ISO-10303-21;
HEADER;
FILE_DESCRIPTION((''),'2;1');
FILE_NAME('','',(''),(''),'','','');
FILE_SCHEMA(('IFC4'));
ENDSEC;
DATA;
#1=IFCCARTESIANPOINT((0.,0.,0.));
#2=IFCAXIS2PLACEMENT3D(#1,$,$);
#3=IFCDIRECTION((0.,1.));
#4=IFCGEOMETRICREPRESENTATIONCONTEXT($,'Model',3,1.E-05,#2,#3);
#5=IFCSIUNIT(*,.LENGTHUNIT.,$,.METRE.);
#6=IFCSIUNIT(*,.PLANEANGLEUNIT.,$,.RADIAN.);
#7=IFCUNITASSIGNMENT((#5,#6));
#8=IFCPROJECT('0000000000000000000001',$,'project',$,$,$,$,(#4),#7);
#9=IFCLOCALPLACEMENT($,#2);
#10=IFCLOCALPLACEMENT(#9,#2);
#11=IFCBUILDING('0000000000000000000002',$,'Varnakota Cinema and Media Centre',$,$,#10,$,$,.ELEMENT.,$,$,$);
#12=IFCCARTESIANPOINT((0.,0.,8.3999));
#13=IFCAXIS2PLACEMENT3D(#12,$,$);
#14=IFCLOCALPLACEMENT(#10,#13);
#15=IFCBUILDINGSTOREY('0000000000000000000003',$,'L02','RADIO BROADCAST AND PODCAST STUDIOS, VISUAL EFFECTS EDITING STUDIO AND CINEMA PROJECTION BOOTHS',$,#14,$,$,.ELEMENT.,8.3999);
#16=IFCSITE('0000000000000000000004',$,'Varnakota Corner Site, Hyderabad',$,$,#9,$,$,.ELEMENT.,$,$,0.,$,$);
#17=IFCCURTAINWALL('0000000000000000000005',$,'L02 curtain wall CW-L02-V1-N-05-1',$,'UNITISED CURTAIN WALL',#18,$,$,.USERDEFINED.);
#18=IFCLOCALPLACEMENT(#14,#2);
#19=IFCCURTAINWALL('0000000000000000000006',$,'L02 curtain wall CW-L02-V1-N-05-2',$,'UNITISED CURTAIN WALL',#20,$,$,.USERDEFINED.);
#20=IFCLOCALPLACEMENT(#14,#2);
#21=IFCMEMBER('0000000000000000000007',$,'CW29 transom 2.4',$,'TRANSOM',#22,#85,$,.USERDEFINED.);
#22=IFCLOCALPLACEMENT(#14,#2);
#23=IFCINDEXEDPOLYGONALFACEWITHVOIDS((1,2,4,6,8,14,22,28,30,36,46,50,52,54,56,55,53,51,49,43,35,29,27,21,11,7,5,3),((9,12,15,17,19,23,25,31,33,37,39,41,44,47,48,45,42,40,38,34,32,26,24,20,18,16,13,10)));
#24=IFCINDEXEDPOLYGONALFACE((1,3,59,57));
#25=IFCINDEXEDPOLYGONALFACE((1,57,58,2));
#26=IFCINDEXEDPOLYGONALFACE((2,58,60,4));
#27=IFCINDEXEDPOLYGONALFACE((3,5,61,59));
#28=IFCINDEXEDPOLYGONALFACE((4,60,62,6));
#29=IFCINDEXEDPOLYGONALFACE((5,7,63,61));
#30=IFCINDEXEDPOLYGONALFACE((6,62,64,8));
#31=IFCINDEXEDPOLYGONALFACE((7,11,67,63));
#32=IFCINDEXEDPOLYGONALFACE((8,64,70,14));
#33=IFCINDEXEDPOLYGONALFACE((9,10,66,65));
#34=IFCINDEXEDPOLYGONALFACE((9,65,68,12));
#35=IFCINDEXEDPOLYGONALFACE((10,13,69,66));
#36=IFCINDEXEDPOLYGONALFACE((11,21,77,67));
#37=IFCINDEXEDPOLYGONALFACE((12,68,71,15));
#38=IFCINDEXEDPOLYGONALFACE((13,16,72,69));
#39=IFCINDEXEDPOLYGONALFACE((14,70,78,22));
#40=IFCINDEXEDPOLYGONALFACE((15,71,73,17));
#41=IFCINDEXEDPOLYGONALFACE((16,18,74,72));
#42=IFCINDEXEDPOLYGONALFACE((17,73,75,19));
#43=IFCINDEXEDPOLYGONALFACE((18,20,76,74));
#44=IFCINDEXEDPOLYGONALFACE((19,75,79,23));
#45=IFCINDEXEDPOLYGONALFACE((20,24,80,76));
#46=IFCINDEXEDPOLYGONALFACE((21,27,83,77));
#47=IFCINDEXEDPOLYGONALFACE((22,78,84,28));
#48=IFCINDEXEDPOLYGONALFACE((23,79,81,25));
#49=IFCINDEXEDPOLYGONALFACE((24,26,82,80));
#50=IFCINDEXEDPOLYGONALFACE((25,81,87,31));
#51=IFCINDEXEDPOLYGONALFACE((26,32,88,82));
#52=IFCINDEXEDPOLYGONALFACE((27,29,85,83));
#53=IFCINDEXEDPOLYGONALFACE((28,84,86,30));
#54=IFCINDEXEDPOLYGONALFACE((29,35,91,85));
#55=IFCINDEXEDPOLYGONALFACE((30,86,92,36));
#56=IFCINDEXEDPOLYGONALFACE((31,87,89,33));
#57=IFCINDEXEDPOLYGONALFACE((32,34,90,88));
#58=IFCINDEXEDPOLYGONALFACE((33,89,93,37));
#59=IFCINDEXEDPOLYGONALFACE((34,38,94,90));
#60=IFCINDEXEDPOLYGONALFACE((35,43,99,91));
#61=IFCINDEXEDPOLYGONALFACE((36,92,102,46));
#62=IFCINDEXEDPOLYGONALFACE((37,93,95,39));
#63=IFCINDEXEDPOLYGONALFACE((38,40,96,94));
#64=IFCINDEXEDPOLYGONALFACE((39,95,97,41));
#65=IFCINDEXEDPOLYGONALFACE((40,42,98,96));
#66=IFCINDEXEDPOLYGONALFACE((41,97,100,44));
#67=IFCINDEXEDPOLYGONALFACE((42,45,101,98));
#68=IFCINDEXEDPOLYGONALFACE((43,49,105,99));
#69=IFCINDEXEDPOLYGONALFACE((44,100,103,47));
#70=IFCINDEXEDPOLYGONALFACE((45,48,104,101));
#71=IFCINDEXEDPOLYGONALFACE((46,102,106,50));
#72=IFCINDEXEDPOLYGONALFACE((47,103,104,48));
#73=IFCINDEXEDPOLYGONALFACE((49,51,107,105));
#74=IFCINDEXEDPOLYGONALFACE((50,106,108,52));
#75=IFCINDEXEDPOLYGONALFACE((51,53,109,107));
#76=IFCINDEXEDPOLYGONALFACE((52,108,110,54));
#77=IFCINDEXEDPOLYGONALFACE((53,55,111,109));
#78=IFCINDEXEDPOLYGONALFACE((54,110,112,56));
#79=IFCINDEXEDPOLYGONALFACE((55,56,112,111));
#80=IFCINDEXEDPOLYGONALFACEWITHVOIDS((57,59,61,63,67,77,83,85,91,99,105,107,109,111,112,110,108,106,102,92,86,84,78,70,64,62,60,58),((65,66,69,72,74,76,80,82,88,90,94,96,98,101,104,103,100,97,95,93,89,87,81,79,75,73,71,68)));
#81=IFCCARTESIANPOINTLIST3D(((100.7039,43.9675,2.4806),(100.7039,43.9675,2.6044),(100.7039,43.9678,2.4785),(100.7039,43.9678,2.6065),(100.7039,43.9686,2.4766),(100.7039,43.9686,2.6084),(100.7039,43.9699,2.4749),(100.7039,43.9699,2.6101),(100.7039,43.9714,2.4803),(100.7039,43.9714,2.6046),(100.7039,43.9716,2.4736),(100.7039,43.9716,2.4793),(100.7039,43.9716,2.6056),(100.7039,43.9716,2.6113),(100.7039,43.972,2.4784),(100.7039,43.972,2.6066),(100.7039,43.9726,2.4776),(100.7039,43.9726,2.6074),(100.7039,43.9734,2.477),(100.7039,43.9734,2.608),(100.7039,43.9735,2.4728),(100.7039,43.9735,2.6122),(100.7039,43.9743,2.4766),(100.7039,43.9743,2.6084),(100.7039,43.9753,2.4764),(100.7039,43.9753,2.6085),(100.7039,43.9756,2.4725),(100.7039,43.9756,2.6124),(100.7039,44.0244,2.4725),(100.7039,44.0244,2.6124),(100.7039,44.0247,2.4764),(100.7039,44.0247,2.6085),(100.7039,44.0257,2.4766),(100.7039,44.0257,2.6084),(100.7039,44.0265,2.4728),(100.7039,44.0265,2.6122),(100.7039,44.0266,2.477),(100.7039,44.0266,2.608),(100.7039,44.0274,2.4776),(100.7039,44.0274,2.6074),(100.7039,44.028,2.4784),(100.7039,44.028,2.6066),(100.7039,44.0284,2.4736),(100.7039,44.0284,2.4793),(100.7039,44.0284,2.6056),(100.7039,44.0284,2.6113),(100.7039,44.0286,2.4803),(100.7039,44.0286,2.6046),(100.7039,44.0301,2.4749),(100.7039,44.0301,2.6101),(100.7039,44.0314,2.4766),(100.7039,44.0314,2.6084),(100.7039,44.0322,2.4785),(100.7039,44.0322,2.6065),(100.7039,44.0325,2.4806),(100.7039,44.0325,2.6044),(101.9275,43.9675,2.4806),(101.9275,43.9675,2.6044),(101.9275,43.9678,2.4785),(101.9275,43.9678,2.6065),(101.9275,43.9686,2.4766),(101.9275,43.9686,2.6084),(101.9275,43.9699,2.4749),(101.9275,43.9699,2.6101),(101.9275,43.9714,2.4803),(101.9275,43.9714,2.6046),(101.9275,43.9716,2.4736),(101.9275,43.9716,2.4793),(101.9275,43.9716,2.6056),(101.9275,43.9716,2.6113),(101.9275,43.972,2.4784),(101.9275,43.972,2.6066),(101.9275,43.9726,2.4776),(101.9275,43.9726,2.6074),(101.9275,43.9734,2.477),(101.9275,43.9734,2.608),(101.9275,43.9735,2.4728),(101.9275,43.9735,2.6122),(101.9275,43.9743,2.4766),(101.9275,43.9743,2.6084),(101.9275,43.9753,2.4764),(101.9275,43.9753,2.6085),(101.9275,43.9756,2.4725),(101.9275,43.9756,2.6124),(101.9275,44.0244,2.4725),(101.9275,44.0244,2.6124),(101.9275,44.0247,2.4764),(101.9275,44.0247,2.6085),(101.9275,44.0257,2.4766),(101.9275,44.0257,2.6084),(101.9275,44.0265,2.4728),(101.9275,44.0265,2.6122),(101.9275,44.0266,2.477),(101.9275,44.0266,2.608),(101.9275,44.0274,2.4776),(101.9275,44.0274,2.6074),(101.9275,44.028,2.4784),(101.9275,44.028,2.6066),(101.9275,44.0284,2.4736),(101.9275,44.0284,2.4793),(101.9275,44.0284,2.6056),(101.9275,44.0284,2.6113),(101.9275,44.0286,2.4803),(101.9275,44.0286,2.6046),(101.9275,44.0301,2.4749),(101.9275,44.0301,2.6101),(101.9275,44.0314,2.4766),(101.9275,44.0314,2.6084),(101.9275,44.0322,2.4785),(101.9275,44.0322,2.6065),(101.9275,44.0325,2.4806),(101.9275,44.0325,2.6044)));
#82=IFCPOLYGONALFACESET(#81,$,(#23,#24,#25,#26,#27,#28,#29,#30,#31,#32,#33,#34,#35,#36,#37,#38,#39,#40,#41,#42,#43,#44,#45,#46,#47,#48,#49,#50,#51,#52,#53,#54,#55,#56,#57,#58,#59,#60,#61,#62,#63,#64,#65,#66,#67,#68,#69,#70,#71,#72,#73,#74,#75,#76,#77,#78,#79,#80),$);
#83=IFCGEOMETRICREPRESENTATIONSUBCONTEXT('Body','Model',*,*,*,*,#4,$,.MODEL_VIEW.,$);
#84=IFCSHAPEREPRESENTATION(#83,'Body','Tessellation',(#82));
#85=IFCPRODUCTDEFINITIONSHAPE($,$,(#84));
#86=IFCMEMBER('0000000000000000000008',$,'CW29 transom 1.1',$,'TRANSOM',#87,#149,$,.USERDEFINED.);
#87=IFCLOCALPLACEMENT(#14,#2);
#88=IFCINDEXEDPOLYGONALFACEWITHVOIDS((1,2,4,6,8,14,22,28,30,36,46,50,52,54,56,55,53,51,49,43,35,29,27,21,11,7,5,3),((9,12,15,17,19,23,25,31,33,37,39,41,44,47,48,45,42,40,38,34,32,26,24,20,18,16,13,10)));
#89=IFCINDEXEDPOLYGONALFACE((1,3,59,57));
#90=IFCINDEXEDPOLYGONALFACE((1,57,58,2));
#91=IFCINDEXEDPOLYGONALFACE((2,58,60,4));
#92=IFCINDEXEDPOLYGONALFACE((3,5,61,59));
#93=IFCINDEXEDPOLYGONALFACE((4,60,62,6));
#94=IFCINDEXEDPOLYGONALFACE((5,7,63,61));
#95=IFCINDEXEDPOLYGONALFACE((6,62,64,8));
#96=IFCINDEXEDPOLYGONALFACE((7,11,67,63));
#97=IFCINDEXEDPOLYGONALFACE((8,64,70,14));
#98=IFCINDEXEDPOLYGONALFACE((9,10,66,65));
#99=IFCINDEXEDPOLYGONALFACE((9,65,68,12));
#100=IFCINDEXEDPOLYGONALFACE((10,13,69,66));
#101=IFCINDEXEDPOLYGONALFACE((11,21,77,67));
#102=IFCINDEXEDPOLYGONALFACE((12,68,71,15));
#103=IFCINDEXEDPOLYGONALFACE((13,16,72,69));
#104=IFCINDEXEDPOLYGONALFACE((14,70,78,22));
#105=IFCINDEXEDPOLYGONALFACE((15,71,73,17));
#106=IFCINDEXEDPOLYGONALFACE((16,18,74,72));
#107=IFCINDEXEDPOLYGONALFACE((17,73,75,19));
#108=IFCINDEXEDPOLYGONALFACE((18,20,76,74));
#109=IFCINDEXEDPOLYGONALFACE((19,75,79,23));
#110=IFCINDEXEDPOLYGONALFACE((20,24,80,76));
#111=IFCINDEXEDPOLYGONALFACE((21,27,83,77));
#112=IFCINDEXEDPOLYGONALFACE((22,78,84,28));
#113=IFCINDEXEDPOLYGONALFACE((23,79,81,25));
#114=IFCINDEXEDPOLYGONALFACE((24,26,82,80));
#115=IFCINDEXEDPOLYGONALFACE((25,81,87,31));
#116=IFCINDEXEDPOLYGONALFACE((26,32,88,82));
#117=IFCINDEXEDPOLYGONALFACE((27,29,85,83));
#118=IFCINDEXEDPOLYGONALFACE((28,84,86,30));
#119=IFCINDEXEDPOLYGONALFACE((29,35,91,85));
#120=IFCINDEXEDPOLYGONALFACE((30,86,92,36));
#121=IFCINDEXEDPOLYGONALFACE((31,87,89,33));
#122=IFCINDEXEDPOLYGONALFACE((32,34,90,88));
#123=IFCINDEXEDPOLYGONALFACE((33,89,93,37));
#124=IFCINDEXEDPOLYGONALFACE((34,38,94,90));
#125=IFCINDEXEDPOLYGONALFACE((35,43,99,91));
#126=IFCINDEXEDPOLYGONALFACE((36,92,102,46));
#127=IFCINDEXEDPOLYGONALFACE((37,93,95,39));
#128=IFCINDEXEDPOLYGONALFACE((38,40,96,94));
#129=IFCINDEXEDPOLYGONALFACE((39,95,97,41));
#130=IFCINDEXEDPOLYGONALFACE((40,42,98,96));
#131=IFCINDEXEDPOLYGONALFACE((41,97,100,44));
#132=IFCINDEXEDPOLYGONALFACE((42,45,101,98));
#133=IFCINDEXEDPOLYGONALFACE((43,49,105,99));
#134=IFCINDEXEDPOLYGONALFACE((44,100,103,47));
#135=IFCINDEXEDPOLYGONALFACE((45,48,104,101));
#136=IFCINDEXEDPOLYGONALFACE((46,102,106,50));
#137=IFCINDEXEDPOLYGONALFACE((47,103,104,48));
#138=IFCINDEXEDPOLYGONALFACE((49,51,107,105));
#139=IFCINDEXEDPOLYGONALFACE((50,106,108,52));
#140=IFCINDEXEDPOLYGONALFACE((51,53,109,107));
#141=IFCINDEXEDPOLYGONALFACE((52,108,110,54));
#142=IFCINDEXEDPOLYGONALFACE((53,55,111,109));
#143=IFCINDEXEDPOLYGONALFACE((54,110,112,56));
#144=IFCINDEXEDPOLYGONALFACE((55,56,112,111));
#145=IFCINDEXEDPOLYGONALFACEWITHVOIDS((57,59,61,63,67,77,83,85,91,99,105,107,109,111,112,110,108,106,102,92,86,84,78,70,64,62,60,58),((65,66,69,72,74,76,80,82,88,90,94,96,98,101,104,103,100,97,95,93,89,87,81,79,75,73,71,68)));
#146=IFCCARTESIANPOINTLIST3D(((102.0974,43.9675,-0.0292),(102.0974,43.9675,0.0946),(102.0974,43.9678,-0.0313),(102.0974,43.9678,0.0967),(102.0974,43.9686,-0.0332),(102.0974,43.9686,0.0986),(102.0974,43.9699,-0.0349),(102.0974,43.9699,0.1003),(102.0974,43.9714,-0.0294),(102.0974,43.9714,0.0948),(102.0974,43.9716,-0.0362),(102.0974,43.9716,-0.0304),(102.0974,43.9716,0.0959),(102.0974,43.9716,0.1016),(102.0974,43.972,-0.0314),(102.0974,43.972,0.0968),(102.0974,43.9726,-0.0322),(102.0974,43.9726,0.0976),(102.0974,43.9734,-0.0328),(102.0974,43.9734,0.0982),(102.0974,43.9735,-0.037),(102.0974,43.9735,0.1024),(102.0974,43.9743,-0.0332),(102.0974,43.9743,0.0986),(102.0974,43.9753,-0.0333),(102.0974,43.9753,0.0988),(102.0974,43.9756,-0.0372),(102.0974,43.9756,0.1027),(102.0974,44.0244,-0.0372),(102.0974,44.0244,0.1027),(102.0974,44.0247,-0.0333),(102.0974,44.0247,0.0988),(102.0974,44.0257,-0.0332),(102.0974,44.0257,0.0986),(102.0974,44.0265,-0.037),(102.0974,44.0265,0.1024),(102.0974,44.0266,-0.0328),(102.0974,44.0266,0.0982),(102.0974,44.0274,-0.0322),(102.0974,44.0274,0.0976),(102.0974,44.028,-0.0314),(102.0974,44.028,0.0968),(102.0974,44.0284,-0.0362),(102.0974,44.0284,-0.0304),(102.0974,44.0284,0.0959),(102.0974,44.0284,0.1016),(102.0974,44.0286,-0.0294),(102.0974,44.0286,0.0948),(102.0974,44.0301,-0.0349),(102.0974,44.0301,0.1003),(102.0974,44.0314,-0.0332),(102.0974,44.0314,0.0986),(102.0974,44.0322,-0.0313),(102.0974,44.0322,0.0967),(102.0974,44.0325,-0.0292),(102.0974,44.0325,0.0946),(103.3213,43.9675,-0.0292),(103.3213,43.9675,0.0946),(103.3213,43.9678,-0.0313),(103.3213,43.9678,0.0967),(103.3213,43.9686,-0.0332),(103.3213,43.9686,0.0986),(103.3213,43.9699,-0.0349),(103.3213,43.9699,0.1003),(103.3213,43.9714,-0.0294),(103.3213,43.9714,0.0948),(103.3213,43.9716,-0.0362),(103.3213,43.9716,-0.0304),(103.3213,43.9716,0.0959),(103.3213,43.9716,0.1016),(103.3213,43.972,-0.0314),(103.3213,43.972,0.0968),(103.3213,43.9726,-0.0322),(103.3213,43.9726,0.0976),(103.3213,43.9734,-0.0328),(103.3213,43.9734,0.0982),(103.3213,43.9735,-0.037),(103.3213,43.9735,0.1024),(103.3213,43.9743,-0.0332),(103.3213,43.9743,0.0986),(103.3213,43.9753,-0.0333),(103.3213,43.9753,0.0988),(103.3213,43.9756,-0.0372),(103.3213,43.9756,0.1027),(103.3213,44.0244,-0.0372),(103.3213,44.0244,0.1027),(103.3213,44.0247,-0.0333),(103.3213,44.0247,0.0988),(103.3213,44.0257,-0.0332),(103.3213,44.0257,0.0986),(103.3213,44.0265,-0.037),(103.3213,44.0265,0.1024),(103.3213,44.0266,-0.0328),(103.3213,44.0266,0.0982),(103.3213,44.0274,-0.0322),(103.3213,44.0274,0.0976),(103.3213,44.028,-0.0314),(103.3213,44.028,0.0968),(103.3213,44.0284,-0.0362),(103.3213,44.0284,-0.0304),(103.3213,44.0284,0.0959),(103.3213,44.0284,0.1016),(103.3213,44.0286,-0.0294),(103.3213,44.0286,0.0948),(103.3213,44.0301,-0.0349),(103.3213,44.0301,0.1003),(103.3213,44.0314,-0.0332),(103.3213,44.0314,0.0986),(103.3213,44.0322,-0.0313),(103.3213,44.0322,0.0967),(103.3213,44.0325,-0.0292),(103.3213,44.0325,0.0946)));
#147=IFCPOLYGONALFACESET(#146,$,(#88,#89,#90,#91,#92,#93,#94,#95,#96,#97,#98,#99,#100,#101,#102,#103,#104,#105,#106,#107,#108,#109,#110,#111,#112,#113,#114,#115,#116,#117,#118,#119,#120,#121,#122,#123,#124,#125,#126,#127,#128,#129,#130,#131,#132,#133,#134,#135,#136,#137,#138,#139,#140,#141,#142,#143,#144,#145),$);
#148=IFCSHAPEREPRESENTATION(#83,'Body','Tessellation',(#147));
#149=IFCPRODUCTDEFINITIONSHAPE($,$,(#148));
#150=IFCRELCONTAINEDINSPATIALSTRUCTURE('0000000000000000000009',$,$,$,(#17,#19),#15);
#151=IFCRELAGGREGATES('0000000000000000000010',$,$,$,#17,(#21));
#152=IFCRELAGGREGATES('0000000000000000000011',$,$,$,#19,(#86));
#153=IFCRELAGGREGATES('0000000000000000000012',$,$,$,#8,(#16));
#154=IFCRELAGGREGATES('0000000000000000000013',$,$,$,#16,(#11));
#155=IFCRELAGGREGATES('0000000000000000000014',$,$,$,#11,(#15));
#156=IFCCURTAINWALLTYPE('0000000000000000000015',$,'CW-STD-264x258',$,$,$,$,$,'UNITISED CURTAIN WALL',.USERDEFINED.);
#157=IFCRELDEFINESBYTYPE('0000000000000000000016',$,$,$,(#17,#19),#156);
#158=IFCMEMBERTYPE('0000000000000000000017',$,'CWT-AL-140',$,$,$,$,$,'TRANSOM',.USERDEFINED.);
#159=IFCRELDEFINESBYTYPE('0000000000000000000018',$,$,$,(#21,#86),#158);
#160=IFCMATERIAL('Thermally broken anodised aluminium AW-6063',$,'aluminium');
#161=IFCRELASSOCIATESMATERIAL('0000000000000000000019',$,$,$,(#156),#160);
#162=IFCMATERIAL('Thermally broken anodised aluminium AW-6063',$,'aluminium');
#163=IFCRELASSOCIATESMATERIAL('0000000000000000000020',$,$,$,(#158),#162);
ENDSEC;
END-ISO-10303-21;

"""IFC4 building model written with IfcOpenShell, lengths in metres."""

from ifc_helpers import new_model, si_unit, direction, frame, origin, origin_2d, place, context, subcontext, project, spatial, hollow_rectangle, extrude, material, material_profile, profile_set, type_object, element, aggregate, save


model = new_model("IFC4")

# Units and contexts
model_context = context("Model", 3, precision=1e-05, world=origin(), true_north=direction((0.0, 1.0)))
body_context = subcontext(model_context, "Body", "Model", "MODEL_VIEW")
ifc_project = project(units=[si_unit("LENGTHUNIT", "METRE"), si_unit("PLANEANGLEUNIT", "RADIAN")], contexts=[model_context])

# Site, building, storey
site_placement = place(None, origin())
site = spatial("IfcSite", under=ifc_project, at=site_placement, Name="Varnakota Corner Site, Hyderabad", CompositionType="ELEMENT", RefElevation=0.0)
building_placement = place(site_placement, origin())
building = spatial("IfcBuilding", under=site, at=building_placement, Name="Varnakota Cinema and Media Centre", CompositionType="ELEMENT")
storey_placement = place(building_placement, frame((0.0, 0.0, 8.3999)))
storey = spatial("IfcBuildingStorey", under=building, at=storey_placement, Name="L02", Description="RADIO BROADCAST AND PODCAST STUDIOS, VISUAL EFFECTS EDITING STUDIO AND CINEMA PROJECTION BOOTHS", CompositionType="ELEMENT", Elevation=8.3999)

# Shared definitions
ifc_material_1 = material(Name="Thermally broken anodised aluminium AW-6063", Category="aluminium")
curtain_wall_type = type_object("IfcCurtainWallType", Name="CW-STD-264x258", ElementType="UNITISED CURTAIN WALL", PredefinedType="USERDEFINED", material=ifc_material_1)

# Curtain wall
curtain_wall_1_placement = place(storey_placement, origin())
curtain_wall_1 = element("IfcCurtainWall", 1, at=curtain_wall_1_placement, inside=storey, type_object=curtain_wall_type, Name="L02 curtain wall CW-L02-V1-N-05-1", ObjectType="UNITISED CURTAIN WALL", PredefinedType="USERDEFINED")

# Curtain wall
curtain_wall_2_placement = place(storey_placement, origin())
curtain_wall_2 = element("IfcCurtainWall", 2, at=curtain_wall_2_placement, inside=storey, type_object=curtain_wall_type, Name="L02 curtain wall CW-L02-V1-N-05-2", ObjectType="UNITISED CURTAIN WALL", PredefinedType="USERDEFINED")

# Members
ifc_material_2 = material(Name="Thermally broken anodised aluminium AW-6063", Category="aluminium")
ifc_material_profile_1 = material_profile(ifc_material_2, hollow_rectangle(XDim=0.0649, YDim=0.1399, WallThickness=0.0039, InnerFilletRadius=0.0039, OuterFilletRadius=0.0081, at=origin_2d()), Name="AL-TRANSOM 140x65x4")
ifc_profile_set_1 = profile_set([ifc_material_profile_1], Name="Thermally broken anodised aluminium AW-6063")
member_type_1 = type_object("IfcMemberType", Name="CWT-AL-140", ElementType="TRANSOM", PredefinedType="USERDEFINED", material=ifc_profile_set_1)
member_1_placement = place(storey_placement, frame((100.7039, 44.0, 2.5425), z_axis=(1.0, 0.0, 0.0), x_axis=(0.0, 1.0, 0.0)))
member_1 = element("IfcMember", 3, at=member_1_placement, type_object=member_type_1, Name="CW29 transom 2.4", ObjectType="TRANSOM", PredefinedType="USERDEFINED", context=body_context, shape_type="SweptSolid", body=[
    extrude(hollow_rectangle(XDim=0.0649, YDim=0.1399, WallThickness=0.0039, InnerFilletRadius=0.0039, OuterFilletRadius=0.0081, at=origin_2d()), origin(), (0.0, 0.0, 1.0), 1.2236),
])
member_2_placement = place(storey_placement, frame((102.0974, 44.0, 0.0327), z_axis=(1.0, 0.0, 0.0), x_axis=(0.0, 1.0, 0.0)))
member_2 = element("IfcMember", 4, at=member_2_placement, type_object=member_type_1, Name="CW29 transom 1.1", ObjectType="TRANSOM", PredefinedType="USERDEFINED", context=body_context, shape_type="SweptSolid", body=[
    extrude(hollow_rectangle(XDim=0.0649, YDim=0.1399, WallThickness=0.0039, InnerFilletRadius=0.0039, OuterFilletRadius=0.0081, at=origin_2d()), origin(), (0.0, 0.0, 1.0), 1.2239),
])

aggregate(curtain_wall_1, [member_1])
aggregate(curtain_wall_2, [member_2])

save(model, "model.ifc")
